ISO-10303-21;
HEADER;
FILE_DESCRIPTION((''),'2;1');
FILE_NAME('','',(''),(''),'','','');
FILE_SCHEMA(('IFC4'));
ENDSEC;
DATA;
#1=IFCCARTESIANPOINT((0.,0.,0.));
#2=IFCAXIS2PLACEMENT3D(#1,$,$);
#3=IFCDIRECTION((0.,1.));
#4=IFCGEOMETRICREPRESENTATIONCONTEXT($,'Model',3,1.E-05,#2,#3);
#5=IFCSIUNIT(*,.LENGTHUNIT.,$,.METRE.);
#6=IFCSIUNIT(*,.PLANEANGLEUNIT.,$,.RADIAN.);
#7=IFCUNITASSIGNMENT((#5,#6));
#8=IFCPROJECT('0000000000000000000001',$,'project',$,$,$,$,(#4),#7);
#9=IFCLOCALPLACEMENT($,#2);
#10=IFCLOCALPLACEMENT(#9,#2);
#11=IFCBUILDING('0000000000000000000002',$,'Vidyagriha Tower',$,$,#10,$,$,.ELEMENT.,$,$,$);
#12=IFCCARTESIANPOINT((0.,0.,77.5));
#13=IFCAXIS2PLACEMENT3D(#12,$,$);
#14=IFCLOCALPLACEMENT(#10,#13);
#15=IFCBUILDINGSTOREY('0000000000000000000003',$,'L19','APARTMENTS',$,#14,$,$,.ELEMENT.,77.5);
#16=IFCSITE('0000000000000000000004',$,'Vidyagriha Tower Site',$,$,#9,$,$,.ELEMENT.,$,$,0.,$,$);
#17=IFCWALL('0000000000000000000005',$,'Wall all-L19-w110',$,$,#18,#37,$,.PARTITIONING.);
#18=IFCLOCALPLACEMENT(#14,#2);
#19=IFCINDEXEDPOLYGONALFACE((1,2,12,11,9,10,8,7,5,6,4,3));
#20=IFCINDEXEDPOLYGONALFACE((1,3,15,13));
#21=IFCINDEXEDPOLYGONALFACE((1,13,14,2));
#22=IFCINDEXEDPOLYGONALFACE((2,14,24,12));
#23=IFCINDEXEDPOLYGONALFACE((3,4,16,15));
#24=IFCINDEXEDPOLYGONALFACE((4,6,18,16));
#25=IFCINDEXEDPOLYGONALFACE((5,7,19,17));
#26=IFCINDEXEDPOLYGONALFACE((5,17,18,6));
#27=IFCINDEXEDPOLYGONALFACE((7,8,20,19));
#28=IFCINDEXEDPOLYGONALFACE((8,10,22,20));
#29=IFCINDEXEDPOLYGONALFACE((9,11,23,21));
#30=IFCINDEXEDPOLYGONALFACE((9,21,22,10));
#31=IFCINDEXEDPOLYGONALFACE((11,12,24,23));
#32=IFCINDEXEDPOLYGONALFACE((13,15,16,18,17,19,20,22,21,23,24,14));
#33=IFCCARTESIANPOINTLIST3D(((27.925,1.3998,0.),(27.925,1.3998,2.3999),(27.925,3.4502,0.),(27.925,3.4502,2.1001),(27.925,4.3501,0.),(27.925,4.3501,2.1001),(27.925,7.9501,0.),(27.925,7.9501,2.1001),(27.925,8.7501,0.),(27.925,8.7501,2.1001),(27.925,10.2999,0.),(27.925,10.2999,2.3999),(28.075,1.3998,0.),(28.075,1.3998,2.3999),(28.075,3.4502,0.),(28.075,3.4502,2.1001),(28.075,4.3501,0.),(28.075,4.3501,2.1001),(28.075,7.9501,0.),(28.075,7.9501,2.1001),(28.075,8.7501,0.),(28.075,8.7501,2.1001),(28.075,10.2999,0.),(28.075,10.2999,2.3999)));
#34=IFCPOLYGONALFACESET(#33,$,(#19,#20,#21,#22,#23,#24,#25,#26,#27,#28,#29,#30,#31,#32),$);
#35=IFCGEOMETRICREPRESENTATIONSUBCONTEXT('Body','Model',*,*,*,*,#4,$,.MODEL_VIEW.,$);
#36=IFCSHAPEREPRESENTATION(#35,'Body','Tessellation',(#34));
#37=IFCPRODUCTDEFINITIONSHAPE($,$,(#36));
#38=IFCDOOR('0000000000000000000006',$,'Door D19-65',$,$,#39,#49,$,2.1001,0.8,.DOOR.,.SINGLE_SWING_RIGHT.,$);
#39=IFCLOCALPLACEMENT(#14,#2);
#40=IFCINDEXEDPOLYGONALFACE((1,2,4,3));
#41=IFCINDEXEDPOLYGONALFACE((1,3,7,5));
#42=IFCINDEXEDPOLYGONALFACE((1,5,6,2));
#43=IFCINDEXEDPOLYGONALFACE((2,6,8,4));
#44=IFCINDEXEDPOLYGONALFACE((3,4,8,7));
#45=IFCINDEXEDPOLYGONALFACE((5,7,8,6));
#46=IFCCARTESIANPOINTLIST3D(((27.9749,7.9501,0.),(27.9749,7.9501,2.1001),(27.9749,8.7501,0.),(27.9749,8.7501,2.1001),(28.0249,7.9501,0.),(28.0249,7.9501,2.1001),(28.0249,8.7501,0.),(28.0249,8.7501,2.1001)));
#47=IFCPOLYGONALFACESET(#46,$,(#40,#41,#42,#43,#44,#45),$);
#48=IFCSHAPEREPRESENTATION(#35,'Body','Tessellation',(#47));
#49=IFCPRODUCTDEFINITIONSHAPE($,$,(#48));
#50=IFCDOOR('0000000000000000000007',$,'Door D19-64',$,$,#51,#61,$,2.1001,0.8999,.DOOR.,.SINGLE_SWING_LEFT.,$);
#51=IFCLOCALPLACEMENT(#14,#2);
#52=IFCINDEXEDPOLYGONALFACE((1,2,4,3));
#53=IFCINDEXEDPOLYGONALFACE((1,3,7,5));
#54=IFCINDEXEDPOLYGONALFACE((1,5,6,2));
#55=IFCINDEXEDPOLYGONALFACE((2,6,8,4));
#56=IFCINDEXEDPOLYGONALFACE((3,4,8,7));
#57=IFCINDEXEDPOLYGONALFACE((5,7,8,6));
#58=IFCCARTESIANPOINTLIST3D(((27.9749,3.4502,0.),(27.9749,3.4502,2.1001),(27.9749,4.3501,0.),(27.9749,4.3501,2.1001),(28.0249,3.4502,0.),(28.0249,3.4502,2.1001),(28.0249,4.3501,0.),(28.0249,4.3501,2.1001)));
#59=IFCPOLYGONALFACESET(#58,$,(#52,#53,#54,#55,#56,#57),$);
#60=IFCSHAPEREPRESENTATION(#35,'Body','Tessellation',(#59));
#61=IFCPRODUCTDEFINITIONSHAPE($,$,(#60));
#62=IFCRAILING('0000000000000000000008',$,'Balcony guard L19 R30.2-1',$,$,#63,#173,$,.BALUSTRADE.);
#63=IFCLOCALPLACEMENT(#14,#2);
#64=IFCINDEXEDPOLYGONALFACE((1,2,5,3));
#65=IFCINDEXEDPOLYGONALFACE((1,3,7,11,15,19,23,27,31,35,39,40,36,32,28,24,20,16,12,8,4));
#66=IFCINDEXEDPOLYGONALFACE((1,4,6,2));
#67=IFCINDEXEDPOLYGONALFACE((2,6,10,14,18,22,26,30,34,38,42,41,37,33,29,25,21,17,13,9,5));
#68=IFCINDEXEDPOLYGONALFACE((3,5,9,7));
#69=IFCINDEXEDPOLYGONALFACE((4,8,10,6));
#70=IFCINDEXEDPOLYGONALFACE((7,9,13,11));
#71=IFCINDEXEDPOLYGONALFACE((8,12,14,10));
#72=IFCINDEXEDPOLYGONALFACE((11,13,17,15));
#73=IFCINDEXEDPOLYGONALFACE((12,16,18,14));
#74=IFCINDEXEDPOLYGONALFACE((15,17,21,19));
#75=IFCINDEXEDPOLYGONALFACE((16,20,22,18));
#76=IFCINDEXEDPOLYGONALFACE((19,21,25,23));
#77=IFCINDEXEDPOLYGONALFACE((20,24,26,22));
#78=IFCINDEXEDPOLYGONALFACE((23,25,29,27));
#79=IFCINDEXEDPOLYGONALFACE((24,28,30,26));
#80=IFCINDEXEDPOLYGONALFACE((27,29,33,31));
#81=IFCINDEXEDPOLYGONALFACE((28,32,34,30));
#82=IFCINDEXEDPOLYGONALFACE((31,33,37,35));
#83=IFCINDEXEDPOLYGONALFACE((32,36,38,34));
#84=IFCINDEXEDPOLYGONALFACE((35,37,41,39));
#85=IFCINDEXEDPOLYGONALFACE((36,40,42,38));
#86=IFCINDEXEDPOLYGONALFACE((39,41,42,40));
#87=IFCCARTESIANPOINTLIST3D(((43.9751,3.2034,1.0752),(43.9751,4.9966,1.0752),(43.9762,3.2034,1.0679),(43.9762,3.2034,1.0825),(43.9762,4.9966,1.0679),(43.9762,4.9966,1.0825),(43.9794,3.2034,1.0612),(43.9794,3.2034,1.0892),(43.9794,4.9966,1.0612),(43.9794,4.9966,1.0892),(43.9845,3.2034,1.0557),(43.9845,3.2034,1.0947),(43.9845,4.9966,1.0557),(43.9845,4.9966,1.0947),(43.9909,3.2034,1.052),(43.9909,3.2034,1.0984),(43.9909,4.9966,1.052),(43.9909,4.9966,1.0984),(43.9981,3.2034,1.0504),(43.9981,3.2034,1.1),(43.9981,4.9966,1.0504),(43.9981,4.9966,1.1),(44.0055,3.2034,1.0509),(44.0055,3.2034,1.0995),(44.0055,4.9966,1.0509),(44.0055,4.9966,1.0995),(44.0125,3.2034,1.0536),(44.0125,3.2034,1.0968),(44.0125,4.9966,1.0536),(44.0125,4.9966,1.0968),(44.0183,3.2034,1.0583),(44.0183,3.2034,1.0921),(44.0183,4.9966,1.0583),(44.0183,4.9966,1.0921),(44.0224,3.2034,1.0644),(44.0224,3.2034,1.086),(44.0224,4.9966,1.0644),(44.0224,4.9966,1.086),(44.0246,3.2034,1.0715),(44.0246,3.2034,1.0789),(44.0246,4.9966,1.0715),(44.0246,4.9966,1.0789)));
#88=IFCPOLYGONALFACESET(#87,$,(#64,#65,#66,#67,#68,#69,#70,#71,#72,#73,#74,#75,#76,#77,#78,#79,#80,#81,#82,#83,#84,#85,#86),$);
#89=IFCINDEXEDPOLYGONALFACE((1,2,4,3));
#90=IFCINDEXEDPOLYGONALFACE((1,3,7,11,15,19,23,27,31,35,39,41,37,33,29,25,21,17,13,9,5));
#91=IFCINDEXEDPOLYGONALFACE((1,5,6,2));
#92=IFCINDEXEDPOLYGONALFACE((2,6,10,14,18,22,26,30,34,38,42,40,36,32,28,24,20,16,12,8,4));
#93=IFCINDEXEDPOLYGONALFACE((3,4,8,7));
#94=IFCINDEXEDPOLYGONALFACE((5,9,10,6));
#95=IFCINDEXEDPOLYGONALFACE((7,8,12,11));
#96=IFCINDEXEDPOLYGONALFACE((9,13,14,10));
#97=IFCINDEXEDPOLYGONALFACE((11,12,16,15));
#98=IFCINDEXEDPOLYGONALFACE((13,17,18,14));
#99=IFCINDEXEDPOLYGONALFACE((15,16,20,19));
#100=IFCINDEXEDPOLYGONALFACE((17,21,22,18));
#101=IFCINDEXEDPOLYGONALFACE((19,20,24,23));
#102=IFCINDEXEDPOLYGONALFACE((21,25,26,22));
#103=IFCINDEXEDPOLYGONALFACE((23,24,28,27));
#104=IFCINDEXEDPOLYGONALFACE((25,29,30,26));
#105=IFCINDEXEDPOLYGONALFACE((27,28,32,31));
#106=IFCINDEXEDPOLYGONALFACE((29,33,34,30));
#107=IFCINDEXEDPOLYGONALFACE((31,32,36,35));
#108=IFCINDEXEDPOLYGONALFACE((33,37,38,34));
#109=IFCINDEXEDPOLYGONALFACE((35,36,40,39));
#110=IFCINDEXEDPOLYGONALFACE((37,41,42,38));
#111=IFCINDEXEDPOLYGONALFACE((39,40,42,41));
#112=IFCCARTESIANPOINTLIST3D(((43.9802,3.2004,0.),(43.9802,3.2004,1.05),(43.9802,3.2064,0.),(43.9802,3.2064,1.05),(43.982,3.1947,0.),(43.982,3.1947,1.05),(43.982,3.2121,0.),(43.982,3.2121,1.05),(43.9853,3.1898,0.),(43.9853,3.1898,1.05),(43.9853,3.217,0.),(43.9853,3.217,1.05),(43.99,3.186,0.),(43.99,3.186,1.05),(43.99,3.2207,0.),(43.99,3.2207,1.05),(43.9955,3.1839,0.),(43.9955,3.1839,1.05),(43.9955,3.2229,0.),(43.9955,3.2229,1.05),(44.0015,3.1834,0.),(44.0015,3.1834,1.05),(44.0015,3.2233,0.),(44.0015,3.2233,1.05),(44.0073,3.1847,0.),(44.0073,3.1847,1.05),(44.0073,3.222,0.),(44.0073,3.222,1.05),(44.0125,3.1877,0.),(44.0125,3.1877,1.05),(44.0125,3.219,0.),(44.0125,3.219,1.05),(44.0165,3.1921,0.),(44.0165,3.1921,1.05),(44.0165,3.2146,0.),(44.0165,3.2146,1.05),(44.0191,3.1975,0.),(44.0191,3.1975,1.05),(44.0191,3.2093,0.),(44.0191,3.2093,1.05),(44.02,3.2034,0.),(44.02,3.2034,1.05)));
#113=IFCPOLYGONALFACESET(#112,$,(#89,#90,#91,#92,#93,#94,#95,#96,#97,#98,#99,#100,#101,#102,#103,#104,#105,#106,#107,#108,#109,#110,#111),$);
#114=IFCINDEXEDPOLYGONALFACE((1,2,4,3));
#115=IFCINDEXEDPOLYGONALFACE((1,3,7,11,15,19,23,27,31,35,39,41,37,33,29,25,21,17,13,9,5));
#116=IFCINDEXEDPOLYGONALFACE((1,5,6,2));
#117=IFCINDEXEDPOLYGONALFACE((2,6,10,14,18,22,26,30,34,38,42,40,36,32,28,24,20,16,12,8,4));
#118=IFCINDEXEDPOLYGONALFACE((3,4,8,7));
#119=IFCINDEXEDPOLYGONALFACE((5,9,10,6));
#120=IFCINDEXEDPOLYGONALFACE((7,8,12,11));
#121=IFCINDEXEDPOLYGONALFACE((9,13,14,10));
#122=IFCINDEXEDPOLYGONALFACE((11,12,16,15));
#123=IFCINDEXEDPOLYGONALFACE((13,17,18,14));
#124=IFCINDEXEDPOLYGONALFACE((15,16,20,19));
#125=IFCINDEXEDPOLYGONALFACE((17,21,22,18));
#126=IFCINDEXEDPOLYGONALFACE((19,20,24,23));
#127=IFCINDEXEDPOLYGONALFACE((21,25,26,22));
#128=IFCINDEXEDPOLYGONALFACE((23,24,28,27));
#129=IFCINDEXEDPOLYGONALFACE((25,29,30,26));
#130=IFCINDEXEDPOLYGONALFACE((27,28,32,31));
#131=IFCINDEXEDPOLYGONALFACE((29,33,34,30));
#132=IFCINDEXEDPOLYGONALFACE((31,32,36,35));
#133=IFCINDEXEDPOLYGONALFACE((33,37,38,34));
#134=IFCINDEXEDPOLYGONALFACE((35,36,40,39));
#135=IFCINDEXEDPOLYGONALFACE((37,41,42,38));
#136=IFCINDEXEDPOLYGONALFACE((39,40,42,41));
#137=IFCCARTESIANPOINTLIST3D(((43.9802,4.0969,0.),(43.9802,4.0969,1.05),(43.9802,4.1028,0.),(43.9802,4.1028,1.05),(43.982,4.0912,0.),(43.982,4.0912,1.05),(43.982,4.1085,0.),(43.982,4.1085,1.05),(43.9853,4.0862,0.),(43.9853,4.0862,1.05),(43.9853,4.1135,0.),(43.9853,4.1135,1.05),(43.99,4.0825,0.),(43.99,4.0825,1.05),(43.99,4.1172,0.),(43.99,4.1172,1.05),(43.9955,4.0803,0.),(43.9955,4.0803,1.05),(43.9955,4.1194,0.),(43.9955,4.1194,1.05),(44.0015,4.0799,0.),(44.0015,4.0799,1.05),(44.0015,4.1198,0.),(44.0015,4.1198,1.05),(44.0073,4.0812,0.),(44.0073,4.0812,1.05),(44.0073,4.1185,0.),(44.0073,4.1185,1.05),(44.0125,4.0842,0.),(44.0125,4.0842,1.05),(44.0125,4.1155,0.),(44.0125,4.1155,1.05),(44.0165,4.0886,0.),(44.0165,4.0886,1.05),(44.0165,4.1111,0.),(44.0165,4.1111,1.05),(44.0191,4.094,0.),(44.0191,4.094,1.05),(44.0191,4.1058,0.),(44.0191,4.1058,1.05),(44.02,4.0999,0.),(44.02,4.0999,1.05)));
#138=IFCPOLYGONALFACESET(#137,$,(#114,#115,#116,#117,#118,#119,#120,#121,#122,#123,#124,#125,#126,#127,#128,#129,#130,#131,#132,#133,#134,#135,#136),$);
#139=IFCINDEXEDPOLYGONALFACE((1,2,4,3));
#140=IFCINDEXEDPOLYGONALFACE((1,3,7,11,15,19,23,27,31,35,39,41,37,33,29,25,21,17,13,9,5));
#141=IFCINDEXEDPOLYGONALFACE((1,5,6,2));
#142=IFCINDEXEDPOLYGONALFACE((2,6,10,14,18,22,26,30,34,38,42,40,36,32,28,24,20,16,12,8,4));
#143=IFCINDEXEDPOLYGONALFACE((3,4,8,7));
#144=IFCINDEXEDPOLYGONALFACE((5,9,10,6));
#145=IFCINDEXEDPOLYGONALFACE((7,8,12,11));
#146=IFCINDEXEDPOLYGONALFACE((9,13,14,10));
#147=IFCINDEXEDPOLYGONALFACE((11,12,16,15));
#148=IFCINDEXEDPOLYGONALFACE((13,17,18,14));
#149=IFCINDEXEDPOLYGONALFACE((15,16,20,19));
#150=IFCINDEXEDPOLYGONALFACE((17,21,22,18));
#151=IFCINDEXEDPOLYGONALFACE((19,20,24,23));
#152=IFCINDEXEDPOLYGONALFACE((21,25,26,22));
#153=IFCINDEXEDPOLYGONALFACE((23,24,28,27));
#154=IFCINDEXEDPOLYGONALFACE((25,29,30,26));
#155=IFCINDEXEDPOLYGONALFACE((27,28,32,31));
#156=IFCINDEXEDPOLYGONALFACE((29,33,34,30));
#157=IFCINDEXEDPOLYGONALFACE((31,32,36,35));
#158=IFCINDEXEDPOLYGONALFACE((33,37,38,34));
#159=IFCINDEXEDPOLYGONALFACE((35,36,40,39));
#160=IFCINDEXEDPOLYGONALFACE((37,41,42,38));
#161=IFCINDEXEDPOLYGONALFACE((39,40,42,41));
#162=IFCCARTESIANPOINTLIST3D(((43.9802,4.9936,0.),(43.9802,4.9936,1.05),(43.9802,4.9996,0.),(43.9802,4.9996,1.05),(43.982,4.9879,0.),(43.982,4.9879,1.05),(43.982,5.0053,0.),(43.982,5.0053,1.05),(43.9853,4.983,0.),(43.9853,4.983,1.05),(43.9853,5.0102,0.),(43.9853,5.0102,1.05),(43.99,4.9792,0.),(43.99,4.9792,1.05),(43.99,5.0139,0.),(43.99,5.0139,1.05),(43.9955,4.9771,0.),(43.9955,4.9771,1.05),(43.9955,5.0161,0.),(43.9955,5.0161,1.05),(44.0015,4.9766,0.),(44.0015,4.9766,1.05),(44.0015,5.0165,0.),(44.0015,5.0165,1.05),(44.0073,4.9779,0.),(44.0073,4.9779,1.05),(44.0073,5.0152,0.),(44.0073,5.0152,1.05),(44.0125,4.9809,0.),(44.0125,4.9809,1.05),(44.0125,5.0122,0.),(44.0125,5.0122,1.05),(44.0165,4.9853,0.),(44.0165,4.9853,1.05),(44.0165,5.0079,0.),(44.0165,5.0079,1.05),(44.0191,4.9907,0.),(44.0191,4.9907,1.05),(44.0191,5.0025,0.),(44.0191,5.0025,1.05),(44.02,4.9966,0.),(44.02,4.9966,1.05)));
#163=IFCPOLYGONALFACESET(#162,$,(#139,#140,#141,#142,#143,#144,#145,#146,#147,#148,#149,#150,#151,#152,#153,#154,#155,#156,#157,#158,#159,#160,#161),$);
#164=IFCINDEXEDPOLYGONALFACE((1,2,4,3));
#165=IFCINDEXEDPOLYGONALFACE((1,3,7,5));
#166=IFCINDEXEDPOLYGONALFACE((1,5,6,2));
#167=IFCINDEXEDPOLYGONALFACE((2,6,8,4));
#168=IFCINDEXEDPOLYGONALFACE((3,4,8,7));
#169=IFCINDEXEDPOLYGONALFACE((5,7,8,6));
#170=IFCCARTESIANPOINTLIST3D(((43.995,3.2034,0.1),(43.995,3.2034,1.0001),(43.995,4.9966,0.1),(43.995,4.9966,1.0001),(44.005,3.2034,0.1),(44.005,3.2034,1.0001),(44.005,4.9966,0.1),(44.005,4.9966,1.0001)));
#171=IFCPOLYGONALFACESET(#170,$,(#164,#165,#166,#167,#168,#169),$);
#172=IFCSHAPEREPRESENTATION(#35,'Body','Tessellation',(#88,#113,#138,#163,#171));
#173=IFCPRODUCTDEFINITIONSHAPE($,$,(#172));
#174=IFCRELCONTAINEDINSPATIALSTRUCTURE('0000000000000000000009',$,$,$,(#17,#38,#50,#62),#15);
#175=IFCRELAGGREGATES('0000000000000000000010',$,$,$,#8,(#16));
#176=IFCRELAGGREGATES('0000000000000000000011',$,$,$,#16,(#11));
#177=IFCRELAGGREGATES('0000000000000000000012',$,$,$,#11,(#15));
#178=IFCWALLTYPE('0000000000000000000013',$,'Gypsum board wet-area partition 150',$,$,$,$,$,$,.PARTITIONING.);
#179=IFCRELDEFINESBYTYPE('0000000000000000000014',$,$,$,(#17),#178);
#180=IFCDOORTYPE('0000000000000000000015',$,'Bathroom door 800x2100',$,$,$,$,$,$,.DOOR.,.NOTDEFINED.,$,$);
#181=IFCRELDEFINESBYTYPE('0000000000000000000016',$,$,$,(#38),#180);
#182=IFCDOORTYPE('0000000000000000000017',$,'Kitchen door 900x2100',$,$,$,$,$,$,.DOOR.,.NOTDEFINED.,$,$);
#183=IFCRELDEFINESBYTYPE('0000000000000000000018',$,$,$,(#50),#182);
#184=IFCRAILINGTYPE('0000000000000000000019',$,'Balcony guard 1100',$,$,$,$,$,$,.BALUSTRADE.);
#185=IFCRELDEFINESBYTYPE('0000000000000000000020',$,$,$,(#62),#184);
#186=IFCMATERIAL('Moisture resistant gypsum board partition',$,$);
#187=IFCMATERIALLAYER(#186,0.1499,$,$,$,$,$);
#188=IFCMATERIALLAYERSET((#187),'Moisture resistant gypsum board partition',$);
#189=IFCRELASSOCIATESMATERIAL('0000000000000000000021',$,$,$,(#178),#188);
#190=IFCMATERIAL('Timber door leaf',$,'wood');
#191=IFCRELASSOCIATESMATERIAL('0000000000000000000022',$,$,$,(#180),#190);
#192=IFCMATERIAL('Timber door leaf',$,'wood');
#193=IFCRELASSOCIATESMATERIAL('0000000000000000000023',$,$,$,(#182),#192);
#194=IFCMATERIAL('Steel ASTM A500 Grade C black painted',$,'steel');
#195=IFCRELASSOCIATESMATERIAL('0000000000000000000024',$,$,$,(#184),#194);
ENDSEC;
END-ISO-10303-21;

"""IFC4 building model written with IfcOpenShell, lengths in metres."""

from ifc_helpers import new_model, si_unit, direction, frame, frame_2d, origin, origin_2d, place, context, subcontext, project, spatial, rectangle, circle, extrude, material, layer, layer_set, type_object, element, fill, save


model = new_model("IFC4")

# Units and contexts
model_context = context("Model", 3, precision=1e-05, world=origin(), true_north=direction((0.0, 1.0)))
body_context = subcontext(model_context, "Body", "Model", "MODEL_VIEW")
ifc_project = project(units=[si_unit("LENGTHUNIT", "METRE"), si_unit("PLANEANGLEUNIT", "RADIAN")], contexts=[model_context])

# Site, building, storey
site_placement = place(None, origin())
site = spatial("IfcSite", under=ifc_project, at=site_placement, Name="Vidyagriha Tower Site", CompositionType="ELEMENT", RefElevation=0.0)
building_placement = place(site_placement, origin())
building = spatial("IfcBuilding", under=site, at=building_placement, Name="Vidyagriha Tower", CompositionType="ELEMENT")
storey_placement = place(building_placement, frame((0.0, 0.0, 77.5)))
storey = spatial("IfcBuildingStorey", under=building, at=storey_placement, Name="L19", Description="APARTMENTS", CompositionType="ELEMENT", Elevation=77.5)

# Wall, openings, doors
ifc_material_1 = material(Name="Moisture resistant gypsum board partition")
ifc_layer_1 = layer(ifc_material_1, 0.1499)
ifc_layer_set_1 = layer_set([ifc_layer_1], Name="Moisture resistant gypsum board partition")
wall_type_1 = type_object("IfcWallType", Name="Gypsum board wet-area partition 150", PredefinedType="PARTITIONING", material=ifc_layer_set_1)
wall_1_placement = place(storey_placement, frame((28.0, 10.3, 0.0), z_axis=(0.0, 0.0, 1.0), x_axis=(0.0, -1.0, 0.0)))
wall_1 = element("IfcWall", 1, at=wall_1_placement, inside=storey, type_object=wall_type_1, Name="Wall all-L19-w110", PredefinedType="PARTITIONING", context=body_context, shape_type="SweptSolid", body=[
    extrude(rectangle(XDim=8.9001, YDim=0.1499, at=frame_2d((4.4502, 0.0))), origin(), (0.0, 0.0, 1.0), 2.3999),
])
opening_1_placement = place(wall_1_placement, frame((5.95, 0.0, 0.0)))
opening_1 = element("IfcOpeningElement", 2, at=opening_1_placement, cuts=wall_1, PredefinedType="OPENING", context=body_context, shape_type="SweptSolid", body=[
    extrude(rectangle(XDim=0.8999, YDim=2.1001, at=frame_2d((0.45, 1.05))), frame((0.0, 0.085, 0.0), z_axis=(0.0, -1.0, 0.0), x_axis=(1.0, 0.0, 0.0)), (0.0, 0.0, 1.0), 0.1699),
])
opening_2_placement = place(wall_1_placement, frame((1.55, 0.0, 0.0)))
opening_2 = element("IfcOpeningElement", 3, at=opening_2_placement, cuts=wall_1, PredefinedType="OPENING", context=body_context, shape_type="SweptSolid", body=[
    extrude(rectangle(XDim=0.8, YDim=2.1001, at=frame_2d((0.3999, 1.05))), frame((0.0, 0.085, 0.0), z_axis=(0.0, -1.0, 0.0), x_axis=(1.0, 0.0, 0.0)), (0.0, 0.0, 1.0), 0.1699),
])
ifc_material_2 = material(Name="Timber door leaf", Category="wood")
door_type_1 = type_object("IfcDoorType", Name="Bathroom door 800x2100", OperationType="NOTDEFINED", PredefinedType="DOOR", material=ifc_material_2)
door_1_placement = place(opening_2_placement, origin())
door_1 = element("IfcDoor", 4, at=door_1_placement, inside=storey, type_object=door_type_1, Name="Door D19-65", OperationType="SINGLE_SWING_RIGHT", OverallHeight=2.1001, OverallWidth=0.8, PredefinedType="DOOR", context=body_context, shape_type="SweptSolid", body=[
    extrude(rectangle(XDim=0.8, YDim=2.1001, at=frame_2d((0.3999, 1.05))), frame((0.0, 0.0249, 0.0), z_axis=(0.0, -1.0, 0.0), x_axis=(1.0, 0.0, 0.0)), (0.0, 0.0, 1.0), 0.05),
])
fill(opening_2, door_1)
ifc_material_3 = material(Name="Timber door leaf", Category="wood")
door_type_2 = type_object("IfcDoorType", Name="Kitchen door 900x2100", OperationType="NOTDEFINED", PredefinedType="DOOR", material=ifc_material_3)
door_2_placement = place(opening_1_placement, origin())
door_2 = element("IfcDoor", 5, at=door_2_placement, inside=storey, type_object=door_type_2, Name="Door D19-64", OperationType="SINGLE_SWING_LEFT", OverallHeight=2.1001, OverallWidth=0.8999, PredefinedType="DOOR", context=body_context, shape_type="SweptSolid", body=[
    extrude(rectangle(XDim=0.8999, YDim=2.1001, at=frame_2d((0.45, 1.05))), frame((0.0, 0.0249, 0.0), z_axis=(0.0, -1.0, 0.0), x_axis=(1.0, 0.0, 0.0)), (0.0, 0.0, 1.0), 0.05),
])
fill(opening_1, door_2)

# Railing
ifc_material_4 = material(Name="Steel ASTM A500 Grade C black painted", Category="steel")
railing_type_1 = type_object("IfcRailingType", Name="Balcony guard 1100", PredefinedType="BALUSTRADE", material=ifc_material_4)
railing_1_placement = place(storey_placement, frame((44.0, 3.2034, 0.0)))
element("IfcRailing", 6, at=railing_1_placement, inside=storey, type_object=railing_type_1, Name="Balcony guard L19 R30.2-1", PredefinedType="BALUSTRADE", context=body_context, shape_type="SweptSolid", body=[
    extrude(circle(Radius=0.0249, at=origin_2d()), frame((0.0, 0.0, 1.0752), z_axis=(0.0, 1.0, 0.0), x_axis=(-1.0, 0.0, 0.0)), (0.0, 0.0, 1.0), 1.7932),
    extrude(circle(Radius=0.02, at=origin_2d()), origin(), (0.0, 0.0, 1.0), 1.05),
    extrude(circle(Radius=0.02, at=origin_2d()), frame((0.0, 0.8965, 0.0)), (0.0, 0.0, 1.0), 1.05),
    extrude(circle(Radius=0.02, at=origin_2d()), frame((0.0, 1.7932, 0.0)), (0.0, 0.0, 1.0), 1.05),
    extrude(rectangle(XDim=0.01, YDim=0.9001, at=origin_2d()), frame((0.0, 0.0, 0.55), z_axis=(0.0, 1.0, 0.0), x_axis=(-1.0, 0.0, 0.0)), (0.0, 0.0, 1.0), 1.7932),
])

save(model, "model.ifc")
